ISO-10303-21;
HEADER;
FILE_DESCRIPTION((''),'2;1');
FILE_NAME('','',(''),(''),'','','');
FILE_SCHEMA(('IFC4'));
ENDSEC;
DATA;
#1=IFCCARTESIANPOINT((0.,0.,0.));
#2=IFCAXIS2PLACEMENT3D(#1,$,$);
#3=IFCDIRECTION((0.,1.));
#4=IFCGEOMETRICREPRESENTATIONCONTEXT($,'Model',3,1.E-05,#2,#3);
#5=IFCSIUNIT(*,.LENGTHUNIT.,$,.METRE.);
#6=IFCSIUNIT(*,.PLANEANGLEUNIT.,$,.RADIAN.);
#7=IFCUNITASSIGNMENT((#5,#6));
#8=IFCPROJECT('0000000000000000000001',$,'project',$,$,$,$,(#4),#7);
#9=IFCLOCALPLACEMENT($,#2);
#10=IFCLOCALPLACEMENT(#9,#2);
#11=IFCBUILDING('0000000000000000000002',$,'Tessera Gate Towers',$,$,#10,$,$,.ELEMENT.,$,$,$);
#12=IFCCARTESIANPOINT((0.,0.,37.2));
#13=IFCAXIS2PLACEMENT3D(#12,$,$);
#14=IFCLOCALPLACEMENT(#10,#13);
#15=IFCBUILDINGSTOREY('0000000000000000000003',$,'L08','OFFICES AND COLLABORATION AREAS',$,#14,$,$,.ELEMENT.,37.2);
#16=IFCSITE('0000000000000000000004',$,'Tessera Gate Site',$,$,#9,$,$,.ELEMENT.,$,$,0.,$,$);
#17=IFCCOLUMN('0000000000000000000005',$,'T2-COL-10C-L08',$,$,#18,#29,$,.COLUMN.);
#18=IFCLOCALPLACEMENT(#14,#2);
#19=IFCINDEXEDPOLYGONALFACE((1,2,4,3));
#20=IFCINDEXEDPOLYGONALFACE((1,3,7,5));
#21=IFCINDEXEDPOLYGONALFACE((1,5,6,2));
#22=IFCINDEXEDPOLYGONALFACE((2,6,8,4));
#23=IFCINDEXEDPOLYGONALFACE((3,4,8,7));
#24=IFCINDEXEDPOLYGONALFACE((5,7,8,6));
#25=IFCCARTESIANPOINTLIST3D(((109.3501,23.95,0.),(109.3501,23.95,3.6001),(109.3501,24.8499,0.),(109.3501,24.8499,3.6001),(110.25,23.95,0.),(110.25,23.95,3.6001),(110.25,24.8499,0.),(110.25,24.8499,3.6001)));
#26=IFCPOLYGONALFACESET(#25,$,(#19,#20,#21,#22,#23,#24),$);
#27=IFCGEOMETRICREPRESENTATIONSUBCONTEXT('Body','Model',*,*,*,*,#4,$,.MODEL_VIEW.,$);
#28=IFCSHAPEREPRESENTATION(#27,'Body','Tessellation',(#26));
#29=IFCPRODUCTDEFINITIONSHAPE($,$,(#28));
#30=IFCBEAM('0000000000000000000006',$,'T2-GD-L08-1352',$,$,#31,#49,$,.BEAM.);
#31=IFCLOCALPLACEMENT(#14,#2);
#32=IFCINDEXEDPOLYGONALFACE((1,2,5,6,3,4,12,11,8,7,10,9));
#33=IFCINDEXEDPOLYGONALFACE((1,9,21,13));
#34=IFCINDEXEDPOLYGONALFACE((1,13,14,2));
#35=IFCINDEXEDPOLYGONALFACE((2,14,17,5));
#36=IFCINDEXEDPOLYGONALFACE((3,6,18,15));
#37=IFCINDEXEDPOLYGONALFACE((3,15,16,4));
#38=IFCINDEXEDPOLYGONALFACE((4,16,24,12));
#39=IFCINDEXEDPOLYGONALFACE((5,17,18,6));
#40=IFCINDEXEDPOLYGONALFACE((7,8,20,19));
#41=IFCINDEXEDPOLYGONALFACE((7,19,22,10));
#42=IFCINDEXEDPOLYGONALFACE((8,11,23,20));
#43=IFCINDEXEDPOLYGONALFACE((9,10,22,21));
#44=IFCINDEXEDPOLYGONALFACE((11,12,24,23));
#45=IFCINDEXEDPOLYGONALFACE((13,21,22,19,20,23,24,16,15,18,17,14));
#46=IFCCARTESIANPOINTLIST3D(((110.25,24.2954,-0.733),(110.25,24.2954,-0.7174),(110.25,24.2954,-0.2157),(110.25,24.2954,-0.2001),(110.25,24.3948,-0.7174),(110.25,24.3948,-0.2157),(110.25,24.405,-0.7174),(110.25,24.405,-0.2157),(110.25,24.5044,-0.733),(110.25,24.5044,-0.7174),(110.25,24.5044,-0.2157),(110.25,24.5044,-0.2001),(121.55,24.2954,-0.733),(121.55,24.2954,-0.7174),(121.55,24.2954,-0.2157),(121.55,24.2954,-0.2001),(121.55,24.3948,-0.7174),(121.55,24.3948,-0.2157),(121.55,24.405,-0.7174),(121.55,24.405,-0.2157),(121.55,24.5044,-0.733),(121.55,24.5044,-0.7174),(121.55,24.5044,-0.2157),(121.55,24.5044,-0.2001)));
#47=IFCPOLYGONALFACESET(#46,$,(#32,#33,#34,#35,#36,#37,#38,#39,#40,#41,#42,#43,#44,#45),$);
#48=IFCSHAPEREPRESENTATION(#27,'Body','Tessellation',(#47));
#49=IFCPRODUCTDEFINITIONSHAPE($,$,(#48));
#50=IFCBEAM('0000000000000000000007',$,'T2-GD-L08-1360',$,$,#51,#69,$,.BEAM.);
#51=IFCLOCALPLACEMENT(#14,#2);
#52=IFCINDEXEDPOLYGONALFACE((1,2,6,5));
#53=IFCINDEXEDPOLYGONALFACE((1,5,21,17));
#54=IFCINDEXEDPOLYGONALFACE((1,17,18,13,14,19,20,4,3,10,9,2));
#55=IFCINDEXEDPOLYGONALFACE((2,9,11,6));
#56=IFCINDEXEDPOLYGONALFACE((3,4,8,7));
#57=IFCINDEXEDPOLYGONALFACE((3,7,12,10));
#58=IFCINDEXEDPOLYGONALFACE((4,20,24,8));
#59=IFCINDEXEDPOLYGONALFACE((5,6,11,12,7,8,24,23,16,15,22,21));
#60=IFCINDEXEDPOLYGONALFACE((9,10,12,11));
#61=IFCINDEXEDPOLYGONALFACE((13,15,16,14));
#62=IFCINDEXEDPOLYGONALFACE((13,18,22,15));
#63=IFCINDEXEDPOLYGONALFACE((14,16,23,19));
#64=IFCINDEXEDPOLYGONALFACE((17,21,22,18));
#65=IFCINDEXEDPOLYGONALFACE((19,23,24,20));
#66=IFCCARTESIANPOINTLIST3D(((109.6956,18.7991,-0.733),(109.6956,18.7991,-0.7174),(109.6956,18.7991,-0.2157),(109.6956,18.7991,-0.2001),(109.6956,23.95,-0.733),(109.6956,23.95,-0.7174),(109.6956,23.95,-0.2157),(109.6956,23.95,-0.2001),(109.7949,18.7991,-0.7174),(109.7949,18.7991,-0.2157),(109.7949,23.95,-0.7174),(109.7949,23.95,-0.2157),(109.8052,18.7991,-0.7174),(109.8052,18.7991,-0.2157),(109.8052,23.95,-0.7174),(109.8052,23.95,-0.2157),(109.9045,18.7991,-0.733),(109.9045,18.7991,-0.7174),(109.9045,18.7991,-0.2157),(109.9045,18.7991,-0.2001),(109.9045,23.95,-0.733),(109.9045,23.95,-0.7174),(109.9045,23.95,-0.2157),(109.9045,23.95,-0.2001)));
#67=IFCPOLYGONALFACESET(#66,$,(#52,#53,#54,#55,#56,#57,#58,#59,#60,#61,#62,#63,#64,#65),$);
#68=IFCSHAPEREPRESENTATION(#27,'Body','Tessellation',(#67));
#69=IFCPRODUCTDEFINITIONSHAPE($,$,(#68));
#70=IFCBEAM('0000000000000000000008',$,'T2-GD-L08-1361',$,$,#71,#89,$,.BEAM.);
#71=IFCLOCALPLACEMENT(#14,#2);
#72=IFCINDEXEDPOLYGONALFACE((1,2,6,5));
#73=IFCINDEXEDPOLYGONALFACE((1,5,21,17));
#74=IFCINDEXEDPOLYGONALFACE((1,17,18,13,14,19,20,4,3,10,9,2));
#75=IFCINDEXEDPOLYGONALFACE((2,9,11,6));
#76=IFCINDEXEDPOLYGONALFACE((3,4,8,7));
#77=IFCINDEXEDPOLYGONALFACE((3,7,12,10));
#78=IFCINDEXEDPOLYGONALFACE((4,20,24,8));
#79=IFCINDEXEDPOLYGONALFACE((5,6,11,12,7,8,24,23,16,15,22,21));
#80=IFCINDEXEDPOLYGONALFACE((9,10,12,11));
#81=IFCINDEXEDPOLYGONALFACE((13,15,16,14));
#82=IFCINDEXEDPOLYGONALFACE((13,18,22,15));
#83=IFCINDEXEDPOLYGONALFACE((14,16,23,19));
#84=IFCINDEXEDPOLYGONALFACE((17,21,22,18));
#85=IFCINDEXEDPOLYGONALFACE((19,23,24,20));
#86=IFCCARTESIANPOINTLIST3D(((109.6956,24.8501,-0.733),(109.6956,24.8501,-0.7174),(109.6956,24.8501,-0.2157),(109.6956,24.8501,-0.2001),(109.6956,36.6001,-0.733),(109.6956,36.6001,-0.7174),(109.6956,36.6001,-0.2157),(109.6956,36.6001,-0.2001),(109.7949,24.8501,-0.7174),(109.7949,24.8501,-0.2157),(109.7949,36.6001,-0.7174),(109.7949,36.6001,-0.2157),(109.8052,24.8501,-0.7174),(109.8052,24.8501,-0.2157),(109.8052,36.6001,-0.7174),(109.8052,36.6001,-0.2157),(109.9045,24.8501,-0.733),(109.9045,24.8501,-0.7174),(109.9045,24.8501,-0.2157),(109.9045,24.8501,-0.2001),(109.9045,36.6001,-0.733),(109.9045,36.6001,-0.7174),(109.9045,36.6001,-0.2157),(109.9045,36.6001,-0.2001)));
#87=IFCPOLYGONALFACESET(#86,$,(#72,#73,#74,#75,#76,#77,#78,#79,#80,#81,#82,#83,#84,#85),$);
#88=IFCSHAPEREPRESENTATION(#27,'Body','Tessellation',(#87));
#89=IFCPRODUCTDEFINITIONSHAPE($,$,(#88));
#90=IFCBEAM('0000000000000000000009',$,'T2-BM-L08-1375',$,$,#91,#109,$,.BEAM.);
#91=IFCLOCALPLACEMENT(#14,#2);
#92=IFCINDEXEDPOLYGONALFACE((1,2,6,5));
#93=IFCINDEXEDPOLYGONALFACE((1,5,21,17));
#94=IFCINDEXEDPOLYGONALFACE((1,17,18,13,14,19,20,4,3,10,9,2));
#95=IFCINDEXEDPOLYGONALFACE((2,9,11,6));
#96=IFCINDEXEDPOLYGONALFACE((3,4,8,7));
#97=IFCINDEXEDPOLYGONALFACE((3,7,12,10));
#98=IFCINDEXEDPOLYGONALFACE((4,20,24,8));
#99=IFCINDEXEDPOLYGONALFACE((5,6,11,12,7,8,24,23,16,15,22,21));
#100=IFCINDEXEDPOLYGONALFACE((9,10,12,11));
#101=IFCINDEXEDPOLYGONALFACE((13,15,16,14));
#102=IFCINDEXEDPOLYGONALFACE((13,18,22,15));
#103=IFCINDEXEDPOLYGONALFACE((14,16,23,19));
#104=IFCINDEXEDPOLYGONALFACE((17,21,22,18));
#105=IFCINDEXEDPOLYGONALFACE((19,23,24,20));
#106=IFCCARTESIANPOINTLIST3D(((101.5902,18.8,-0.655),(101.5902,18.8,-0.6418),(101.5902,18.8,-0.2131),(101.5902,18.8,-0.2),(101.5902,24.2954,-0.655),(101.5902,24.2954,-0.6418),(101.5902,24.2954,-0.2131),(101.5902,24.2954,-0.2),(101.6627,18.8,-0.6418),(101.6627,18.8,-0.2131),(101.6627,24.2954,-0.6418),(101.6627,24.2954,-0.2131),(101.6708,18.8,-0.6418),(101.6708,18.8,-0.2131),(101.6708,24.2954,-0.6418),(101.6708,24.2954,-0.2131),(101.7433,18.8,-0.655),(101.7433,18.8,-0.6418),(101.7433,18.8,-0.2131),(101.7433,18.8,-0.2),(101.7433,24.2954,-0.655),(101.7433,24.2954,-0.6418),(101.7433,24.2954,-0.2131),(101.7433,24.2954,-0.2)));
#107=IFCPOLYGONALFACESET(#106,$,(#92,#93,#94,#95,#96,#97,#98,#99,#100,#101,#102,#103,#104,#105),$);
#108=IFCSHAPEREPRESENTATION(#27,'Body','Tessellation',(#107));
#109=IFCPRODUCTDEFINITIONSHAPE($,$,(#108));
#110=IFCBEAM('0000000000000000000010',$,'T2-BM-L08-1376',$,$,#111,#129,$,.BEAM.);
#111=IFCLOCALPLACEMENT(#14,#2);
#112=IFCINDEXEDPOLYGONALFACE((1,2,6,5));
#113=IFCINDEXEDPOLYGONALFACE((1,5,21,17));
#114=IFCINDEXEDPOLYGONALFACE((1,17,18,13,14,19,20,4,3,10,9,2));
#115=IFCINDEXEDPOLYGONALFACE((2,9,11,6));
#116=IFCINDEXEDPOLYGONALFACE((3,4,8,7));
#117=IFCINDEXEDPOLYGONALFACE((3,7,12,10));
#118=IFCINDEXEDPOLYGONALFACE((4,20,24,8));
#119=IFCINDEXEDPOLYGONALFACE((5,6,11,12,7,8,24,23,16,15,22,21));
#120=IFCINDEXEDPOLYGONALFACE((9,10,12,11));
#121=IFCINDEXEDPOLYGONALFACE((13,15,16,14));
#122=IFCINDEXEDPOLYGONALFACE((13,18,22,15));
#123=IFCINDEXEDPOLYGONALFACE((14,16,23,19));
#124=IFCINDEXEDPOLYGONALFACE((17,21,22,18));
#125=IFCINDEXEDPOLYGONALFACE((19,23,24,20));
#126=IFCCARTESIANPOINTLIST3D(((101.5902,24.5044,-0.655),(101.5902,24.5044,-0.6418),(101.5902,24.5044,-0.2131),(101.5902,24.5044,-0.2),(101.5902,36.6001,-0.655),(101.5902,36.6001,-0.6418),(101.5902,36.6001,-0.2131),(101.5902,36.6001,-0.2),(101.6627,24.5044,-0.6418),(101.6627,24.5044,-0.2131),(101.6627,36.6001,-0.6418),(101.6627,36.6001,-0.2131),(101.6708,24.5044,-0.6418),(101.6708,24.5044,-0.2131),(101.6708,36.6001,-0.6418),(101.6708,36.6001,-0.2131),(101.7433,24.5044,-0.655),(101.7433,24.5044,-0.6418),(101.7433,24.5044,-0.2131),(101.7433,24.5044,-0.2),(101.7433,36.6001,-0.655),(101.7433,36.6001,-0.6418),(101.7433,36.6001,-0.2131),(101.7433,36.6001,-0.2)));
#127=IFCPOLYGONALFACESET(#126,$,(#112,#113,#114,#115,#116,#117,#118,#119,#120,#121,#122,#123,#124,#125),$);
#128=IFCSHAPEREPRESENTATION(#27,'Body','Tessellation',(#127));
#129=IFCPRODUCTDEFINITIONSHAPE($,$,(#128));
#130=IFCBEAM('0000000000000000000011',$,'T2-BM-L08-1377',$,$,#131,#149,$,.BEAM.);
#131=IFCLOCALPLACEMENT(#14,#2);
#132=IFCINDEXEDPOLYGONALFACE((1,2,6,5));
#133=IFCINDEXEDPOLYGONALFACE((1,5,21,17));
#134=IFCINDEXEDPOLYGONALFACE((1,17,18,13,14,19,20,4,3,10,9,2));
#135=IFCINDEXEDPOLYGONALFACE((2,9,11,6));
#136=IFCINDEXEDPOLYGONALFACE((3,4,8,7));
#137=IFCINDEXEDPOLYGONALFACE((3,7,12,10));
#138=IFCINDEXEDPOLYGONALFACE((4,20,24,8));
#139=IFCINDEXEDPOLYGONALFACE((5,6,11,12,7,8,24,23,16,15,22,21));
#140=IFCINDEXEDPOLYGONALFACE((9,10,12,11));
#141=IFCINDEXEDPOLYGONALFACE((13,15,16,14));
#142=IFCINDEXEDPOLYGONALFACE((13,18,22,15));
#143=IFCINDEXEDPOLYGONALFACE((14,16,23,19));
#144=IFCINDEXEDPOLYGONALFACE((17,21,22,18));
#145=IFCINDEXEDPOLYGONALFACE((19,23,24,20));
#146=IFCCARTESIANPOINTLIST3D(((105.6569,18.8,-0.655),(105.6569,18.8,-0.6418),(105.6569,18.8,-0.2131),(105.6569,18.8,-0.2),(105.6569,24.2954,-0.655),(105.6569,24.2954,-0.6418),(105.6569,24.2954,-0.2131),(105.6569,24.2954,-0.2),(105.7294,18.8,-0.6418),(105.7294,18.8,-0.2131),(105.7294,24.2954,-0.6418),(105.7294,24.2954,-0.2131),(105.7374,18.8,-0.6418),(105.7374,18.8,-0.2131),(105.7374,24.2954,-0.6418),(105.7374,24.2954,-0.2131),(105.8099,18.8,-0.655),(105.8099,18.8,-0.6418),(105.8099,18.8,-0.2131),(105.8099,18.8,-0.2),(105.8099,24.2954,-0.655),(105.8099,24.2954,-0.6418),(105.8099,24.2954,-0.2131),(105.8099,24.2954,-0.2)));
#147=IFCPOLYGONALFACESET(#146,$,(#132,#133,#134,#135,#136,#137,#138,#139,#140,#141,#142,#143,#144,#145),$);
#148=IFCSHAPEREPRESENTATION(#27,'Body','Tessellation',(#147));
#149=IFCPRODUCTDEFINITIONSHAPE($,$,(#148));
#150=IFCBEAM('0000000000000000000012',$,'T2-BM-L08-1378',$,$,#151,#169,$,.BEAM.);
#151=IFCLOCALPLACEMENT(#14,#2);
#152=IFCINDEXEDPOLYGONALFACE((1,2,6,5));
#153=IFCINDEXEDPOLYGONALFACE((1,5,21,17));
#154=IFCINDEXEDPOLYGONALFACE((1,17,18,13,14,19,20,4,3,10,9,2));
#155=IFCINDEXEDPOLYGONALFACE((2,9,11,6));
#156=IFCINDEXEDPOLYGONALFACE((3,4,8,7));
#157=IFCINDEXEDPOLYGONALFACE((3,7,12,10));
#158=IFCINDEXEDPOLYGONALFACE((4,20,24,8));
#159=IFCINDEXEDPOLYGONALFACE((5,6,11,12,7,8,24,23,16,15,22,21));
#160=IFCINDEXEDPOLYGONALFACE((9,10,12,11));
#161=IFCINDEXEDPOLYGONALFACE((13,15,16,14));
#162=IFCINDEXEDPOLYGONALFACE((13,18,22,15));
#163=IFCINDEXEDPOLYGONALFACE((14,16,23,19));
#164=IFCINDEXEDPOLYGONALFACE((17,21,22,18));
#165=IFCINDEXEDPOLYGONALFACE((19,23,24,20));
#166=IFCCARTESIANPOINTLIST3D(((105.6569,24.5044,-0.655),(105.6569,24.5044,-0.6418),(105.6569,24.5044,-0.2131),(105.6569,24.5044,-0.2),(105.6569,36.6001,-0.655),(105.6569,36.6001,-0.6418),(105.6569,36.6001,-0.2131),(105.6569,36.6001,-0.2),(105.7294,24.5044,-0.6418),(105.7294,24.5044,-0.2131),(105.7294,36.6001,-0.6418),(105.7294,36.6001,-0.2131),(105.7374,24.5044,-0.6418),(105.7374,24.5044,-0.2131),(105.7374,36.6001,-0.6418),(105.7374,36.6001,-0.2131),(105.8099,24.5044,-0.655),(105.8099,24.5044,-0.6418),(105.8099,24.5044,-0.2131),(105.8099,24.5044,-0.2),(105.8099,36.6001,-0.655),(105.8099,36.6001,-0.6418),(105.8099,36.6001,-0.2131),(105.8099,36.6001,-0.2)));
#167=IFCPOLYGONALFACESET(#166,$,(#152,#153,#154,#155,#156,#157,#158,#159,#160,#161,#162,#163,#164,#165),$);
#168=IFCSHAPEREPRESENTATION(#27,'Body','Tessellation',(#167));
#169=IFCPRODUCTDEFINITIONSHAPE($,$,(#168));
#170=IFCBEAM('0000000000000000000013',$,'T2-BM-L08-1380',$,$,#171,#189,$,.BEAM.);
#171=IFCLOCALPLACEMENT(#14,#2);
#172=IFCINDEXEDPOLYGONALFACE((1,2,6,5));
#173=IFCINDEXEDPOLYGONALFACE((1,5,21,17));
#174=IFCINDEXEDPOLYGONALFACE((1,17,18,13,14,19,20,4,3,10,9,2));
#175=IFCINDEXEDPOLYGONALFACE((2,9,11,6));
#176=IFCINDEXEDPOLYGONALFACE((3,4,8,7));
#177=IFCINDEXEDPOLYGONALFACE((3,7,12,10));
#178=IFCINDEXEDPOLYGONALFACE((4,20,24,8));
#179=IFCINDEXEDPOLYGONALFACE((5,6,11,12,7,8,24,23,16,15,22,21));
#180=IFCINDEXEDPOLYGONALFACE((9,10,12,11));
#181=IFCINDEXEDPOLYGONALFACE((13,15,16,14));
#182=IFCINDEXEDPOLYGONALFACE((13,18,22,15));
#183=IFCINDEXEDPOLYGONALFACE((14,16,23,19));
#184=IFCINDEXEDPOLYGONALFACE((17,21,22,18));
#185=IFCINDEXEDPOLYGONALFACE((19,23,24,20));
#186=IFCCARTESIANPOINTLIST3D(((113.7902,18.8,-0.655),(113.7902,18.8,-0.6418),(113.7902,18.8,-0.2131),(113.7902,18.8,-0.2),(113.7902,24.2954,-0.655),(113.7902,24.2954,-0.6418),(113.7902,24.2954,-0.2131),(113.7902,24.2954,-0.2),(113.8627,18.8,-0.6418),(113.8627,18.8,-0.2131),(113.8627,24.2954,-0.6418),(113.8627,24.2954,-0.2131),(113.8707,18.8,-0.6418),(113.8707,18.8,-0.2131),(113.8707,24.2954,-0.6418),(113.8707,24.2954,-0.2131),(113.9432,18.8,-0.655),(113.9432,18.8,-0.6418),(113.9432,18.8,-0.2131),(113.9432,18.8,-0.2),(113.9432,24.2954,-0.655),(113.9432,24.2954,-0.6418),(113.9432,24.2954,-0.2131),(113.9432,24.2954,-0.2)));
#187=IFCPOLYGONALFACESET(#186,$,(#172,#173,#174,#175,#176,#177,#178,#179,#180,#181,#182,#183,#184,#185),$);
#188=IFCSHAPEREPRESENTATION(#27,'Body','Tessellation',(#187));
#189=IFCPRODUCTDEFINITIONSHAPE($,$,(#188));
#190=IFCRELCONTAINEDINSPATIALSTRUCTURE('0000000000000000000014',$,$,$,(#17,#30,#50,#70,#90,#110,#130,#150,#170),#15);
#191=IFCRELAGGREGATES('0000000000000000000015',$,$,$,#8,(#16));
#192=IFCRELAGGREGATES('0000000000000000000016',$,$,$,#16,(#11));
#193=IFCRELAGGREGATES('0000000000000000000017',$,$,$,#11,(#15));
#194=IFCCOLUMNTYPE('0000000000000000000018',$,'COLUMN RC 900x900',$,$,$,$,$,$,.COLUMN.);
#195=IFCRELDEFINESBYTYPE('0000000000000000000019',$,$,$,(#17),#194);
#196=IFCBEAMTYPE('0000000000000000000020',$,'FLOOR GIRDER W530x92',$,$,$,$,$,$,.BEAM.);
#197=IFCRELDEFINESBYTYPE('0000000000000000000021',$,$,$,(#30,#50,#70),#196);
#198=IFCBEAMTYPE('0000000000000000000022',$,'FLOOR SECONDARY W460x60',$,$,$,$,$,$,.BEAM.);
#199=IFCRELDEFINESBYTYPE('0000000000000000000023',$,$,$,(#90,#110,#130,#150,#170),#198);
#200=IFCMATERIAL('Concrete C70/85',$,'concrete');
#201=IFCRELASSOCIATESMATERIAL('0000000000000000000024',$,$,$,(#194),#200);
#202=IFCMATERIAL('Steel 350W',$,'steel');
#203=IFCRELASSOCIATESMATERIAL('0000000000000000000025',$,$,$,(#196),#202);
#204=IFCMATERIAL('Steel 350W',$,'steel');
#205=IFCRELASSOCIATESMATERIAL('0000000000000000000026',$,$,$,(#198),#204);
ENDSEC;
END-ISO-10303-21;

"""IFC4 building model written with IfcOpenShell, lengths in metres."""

from ifc_helpers import new_model, si_unit, direction, frame, origin, origin_2d, place, context, subcontext, project, spatial, rectangle, i_section, extrude, material, material_profile, profile_set, type_object, element, save


model = new_model("IFC4")

# Units and contexts
model_context = context("Model", 3, precision=1e-05, world=origin(), true_north=direction((0.0, 1.0)))
body_context = subcontext(model_context, "Body", "Model", "MODEL_VIEW")
ifc_project = project(units=[si_unit("LENGTHUNIT", "METRE"), si_unit("PLANEANGLEUNIT", "RADIAN")], contexts=[model_context])

# Site, building, storey
site_placement = place(None, origin())
site = spatial("IfcSite", under=ifc_project, at=site_placement, Name="Tessera Gate Site", CompositionType="ELEMENT", RefElevation=0.0)
building_placement = place(site_placement, origin())
building = spatial("IfcBuilding", under=site, at=building_placement, Name="Tessera Gate Towers", CompositionType="ELEMENT")
storey_placement = place(building_placement, frame((0.0, 0.0, 37.2)))
storey = spatial("IfcBuildingStorey", under=building, at=storey_placement, Name="L08", Description="OFFICES AND COLLABORATION AREAS", CompositionType="ELEMENT", Elevation=37.2)

# Column
ifc_material_1 = material(Name="Concrete C70/85", Category="concrete")
ifc_material_profile_1 = material_profile(ifc_material_1, rectangle(XDim=0.8999, YDim=0.8999, at=origin_2d()), Name="RC 900x900")
ifc_profile_set_1 = profile_set([ifc_material_profile_1], Name="Concrete C70/85")
column_type = type_object("IfcColumnType", Name="COLUMN RC 900x900", PredefinedType="COLUMN", material=ifc_profile_set_1)
column_placement = place(storey_placement, frame((109.8, 24.3999, 0.0), z_axis=(0.0, 0.0, 1.0), x_axis=(1.0, 0.0, 0.0)))
element("IfcColumn", 1, at=column_placement, inside=storey, type_object=column_type, Name="T2-COL-10C-L08", PredefinedType="COLUMN", context=body_context, shape_type="SweptSolid", body=[
    extrude(rectangle(XDim=0.8999, YDim=0.8999, at=origin_2d()), origin(), (0.0, 0.0, 1.0), 3.6001),
])

# Beams
ifc_material_2 = material(Name="Steel 350W", Category="steel")
ifc_material_profile_2 = material_profile(ifc_material_2, i_section(OverallWidth=0.209, OverallDepth=0.533, WebThickness=0.0103, FlangeThickness=0.0156, at=origin_2d()), Name="W530x92")
ifc_profile_set_2 = profile_set([ifc_material_profile_2], Name="Steel 350W")
beam_type_1 = type_object("IfcBeamType", Name="FLOOR GIRDER W530x92", PredefinedType="BEAM", material=ifc_profile_set_2)
beam_1_placement = place(storey_placement, frame((110.25, 24.3999, -0.4666), z_axis=(1.0, 0.0, 0.0), x_axis=(0.0, 1.0, 0.0)))
element("IfcBeam", 2, at=beam_1_placement, inside=storey, type_object=beam_type_1, Name="T2-GD-L08-1352", PredefinedType="BEAM", context=body_context, shape_type="SweptSolid", body=[
    extrude(i_section(OverallWidth=0.209, OverallDepth=0.533, WebThickness=0.0103, FlangeThickness=0.0156, at=origin_2d()), origin(), (0.0, 0.0, 1.0), 11.3),
])
beam_2_placement = place(storey_placement, frame((109.8, 18.7991, -0.4666), z_axis=(0.0, 1.0, 0.0), x_axis=(-1.0, 0.0, 0.0)))
element("IfcBeam", 3, at=beam_2_placement, inside=storey, type_object=beam_type_1, Name="T2-GD-L08-1360", PredefinedType="BEAM", context=body_context, shape_type="SweptSolid", body=[
    extrude(i_section(OverallWidth=0.209, OverallDepth=0.533, WebThickness=0.0103, FlangeThickness=0.0156, at=origin_2d()), origin(), (0.0, 0.0, 1.0), 5.1509),
])
beam_3_placement = place(storey_placement, frame((109.8, 24.8501, -0.4666), z_axis=(0.0, 1.0, 0.0), x_axis=(-1.0, 0.0, 0.0)))
element("IfcBeam", 4, at=beam_3_placement, inside=storey, type_object=beam_type_1, Name="T2-GD-L08-1361", PredefinedType="BEAM", context=body_context, shape_type="SweptSolid", body=[
    extrude(i_section(OverallWidth=0.209, OverallDepth=0.533, WebThickness=0.0103, FlangeThickness=0.0156, at=origin_2d()), origin(), (0.0, 0.0, 1.0), 11.75),
])
ifc_material_3 = material(Name="Steel 350W", Category="steel")
ifc_material_profile_3 = material_profile(ifc_material_3, i_section(OverallWidth=0.1531, OverallDepth=0.4551, WebThickness=0.0081, FlangeThickness=0.0132, at=origin_2d()), Name="W460x60")
ifc_profile_set_3 = profile_set([ifc_material_profile_3], Name="Steel 350W")
beam_type_2 = type_object("IfcBeamType", Name="FLOOR SECONDARY W460x60", PredefinedType="BEAM", material=ifc_profile_set_3)
beam_4_placement = place(storey_placement, frame((101.6667, 18.8, -0.4275), z_axis=(0.0, 1.0, 0.0), x_axis=(-1.0, 0.0, 0.0)))
element("IfcBeam", 5, at=beam_4_placement, inside=storey, type_object=beam_type_2, Name="T2-BM-L08-1375", PredefinedType="BEAM", context=body_context, shape_type="SweptSolid", body=[
    extrude(i_section(OverallWidth=0.1531, OverallDepth=0.4551, WebThickness=0.0081, FlangeThickness=0.0132, at=origin_2d()), origin(), (0.0, 0.0, 1.0), 5.4954),
])
beam_5_placement = place(storey_placement, frame((101.6667, 24.5044, -0.4275), z_axis=(0.0, 1.0, 0.0), x_axis=(-1.0, 0.0, 0.0)))
element("IfcBeam", 6, at=beam_5_placement, inside=storey, type_object=beam_type_2, Name="T2-BM-L08-1376", PredefinedType="BEAM", context=body_context, shape_type="SweptSolid", body=[
    extrude(i_section(OverallWidth=0.1531, OverallDepth=0.4551, WebThickness=0.0081, FlangeThickness=0.0132, at=origin_2d()), origin(), (0.0, 0.0, 1.0), 12.0957),
])
beam_6_placement = place(storey_placement, frame((105.7334, 18.8, -0.4275), z_axis=(0.0, 1.0, 0.0), x_axis=(-1.0, 0.0, 0.0)))
element("IfcBeam", 7, at=beam_6_placement, inside=storey, type_object=beam_type_2, Name="T2-BM-L08-1377", PredefinedType="BEAM", context=body_context, shape_type="SweptSolid", body=[
    extrude(i_section(OverallWidth=0.1531, OverallDepth=0.4551, WebThickness=0.0081, FlangeThickness=0.0132, at=origin_2d()), origin(), (0.0, 0.0, 1.0), 5.4954),
])
beam_7_placement = place(storey_placement, frame((105.7334, 24.5044, -0.4275), z_axis=(0.0, 1.0, 0.0), x_axis=(-1.0, 0.0, 0.0)))
element("IfcBeam", 8, at=beam_7_placement, inside=storey, type_object=beam_type_2, Name="T2-BM-L08-1378", PredefinedType="BEAM", context=body_context, shape_type="SweptSolid", body=[
    extrude(i_section(OverallWidth=0.1531, OverallDepth=0.4551, WebThickness=0.0081, FlangeThickness=0.0132, at=origin_2d()), origin(), (0.0, 0.0, 1.0), 12.0957),
])
beam_8_placement = place(storey_placement, frame((113.8667, 18.8, -0.4275), z_axis=(0.0, 1.0, 0.0), x_axis=(-1.0, 0.0, 0.0)))
element("IfcBeam", 9, at=beam_8_placement, inside=storey, type_object=beam_type_2, Name="T2-BM-L08-1380", PredefinedType="BEAM", context=body_context, shape_type="SweptSolid", body=[
    extrude(i_section(OverallWidth=0.1531, OverallDepth=0.4551, WebThickness=0.0081, FlangeThickness=0.0132, at=origin_2d()), origin(), (0.0, 0.0, 1.0), 5.4954),
])

save(model, "model.ifc")
